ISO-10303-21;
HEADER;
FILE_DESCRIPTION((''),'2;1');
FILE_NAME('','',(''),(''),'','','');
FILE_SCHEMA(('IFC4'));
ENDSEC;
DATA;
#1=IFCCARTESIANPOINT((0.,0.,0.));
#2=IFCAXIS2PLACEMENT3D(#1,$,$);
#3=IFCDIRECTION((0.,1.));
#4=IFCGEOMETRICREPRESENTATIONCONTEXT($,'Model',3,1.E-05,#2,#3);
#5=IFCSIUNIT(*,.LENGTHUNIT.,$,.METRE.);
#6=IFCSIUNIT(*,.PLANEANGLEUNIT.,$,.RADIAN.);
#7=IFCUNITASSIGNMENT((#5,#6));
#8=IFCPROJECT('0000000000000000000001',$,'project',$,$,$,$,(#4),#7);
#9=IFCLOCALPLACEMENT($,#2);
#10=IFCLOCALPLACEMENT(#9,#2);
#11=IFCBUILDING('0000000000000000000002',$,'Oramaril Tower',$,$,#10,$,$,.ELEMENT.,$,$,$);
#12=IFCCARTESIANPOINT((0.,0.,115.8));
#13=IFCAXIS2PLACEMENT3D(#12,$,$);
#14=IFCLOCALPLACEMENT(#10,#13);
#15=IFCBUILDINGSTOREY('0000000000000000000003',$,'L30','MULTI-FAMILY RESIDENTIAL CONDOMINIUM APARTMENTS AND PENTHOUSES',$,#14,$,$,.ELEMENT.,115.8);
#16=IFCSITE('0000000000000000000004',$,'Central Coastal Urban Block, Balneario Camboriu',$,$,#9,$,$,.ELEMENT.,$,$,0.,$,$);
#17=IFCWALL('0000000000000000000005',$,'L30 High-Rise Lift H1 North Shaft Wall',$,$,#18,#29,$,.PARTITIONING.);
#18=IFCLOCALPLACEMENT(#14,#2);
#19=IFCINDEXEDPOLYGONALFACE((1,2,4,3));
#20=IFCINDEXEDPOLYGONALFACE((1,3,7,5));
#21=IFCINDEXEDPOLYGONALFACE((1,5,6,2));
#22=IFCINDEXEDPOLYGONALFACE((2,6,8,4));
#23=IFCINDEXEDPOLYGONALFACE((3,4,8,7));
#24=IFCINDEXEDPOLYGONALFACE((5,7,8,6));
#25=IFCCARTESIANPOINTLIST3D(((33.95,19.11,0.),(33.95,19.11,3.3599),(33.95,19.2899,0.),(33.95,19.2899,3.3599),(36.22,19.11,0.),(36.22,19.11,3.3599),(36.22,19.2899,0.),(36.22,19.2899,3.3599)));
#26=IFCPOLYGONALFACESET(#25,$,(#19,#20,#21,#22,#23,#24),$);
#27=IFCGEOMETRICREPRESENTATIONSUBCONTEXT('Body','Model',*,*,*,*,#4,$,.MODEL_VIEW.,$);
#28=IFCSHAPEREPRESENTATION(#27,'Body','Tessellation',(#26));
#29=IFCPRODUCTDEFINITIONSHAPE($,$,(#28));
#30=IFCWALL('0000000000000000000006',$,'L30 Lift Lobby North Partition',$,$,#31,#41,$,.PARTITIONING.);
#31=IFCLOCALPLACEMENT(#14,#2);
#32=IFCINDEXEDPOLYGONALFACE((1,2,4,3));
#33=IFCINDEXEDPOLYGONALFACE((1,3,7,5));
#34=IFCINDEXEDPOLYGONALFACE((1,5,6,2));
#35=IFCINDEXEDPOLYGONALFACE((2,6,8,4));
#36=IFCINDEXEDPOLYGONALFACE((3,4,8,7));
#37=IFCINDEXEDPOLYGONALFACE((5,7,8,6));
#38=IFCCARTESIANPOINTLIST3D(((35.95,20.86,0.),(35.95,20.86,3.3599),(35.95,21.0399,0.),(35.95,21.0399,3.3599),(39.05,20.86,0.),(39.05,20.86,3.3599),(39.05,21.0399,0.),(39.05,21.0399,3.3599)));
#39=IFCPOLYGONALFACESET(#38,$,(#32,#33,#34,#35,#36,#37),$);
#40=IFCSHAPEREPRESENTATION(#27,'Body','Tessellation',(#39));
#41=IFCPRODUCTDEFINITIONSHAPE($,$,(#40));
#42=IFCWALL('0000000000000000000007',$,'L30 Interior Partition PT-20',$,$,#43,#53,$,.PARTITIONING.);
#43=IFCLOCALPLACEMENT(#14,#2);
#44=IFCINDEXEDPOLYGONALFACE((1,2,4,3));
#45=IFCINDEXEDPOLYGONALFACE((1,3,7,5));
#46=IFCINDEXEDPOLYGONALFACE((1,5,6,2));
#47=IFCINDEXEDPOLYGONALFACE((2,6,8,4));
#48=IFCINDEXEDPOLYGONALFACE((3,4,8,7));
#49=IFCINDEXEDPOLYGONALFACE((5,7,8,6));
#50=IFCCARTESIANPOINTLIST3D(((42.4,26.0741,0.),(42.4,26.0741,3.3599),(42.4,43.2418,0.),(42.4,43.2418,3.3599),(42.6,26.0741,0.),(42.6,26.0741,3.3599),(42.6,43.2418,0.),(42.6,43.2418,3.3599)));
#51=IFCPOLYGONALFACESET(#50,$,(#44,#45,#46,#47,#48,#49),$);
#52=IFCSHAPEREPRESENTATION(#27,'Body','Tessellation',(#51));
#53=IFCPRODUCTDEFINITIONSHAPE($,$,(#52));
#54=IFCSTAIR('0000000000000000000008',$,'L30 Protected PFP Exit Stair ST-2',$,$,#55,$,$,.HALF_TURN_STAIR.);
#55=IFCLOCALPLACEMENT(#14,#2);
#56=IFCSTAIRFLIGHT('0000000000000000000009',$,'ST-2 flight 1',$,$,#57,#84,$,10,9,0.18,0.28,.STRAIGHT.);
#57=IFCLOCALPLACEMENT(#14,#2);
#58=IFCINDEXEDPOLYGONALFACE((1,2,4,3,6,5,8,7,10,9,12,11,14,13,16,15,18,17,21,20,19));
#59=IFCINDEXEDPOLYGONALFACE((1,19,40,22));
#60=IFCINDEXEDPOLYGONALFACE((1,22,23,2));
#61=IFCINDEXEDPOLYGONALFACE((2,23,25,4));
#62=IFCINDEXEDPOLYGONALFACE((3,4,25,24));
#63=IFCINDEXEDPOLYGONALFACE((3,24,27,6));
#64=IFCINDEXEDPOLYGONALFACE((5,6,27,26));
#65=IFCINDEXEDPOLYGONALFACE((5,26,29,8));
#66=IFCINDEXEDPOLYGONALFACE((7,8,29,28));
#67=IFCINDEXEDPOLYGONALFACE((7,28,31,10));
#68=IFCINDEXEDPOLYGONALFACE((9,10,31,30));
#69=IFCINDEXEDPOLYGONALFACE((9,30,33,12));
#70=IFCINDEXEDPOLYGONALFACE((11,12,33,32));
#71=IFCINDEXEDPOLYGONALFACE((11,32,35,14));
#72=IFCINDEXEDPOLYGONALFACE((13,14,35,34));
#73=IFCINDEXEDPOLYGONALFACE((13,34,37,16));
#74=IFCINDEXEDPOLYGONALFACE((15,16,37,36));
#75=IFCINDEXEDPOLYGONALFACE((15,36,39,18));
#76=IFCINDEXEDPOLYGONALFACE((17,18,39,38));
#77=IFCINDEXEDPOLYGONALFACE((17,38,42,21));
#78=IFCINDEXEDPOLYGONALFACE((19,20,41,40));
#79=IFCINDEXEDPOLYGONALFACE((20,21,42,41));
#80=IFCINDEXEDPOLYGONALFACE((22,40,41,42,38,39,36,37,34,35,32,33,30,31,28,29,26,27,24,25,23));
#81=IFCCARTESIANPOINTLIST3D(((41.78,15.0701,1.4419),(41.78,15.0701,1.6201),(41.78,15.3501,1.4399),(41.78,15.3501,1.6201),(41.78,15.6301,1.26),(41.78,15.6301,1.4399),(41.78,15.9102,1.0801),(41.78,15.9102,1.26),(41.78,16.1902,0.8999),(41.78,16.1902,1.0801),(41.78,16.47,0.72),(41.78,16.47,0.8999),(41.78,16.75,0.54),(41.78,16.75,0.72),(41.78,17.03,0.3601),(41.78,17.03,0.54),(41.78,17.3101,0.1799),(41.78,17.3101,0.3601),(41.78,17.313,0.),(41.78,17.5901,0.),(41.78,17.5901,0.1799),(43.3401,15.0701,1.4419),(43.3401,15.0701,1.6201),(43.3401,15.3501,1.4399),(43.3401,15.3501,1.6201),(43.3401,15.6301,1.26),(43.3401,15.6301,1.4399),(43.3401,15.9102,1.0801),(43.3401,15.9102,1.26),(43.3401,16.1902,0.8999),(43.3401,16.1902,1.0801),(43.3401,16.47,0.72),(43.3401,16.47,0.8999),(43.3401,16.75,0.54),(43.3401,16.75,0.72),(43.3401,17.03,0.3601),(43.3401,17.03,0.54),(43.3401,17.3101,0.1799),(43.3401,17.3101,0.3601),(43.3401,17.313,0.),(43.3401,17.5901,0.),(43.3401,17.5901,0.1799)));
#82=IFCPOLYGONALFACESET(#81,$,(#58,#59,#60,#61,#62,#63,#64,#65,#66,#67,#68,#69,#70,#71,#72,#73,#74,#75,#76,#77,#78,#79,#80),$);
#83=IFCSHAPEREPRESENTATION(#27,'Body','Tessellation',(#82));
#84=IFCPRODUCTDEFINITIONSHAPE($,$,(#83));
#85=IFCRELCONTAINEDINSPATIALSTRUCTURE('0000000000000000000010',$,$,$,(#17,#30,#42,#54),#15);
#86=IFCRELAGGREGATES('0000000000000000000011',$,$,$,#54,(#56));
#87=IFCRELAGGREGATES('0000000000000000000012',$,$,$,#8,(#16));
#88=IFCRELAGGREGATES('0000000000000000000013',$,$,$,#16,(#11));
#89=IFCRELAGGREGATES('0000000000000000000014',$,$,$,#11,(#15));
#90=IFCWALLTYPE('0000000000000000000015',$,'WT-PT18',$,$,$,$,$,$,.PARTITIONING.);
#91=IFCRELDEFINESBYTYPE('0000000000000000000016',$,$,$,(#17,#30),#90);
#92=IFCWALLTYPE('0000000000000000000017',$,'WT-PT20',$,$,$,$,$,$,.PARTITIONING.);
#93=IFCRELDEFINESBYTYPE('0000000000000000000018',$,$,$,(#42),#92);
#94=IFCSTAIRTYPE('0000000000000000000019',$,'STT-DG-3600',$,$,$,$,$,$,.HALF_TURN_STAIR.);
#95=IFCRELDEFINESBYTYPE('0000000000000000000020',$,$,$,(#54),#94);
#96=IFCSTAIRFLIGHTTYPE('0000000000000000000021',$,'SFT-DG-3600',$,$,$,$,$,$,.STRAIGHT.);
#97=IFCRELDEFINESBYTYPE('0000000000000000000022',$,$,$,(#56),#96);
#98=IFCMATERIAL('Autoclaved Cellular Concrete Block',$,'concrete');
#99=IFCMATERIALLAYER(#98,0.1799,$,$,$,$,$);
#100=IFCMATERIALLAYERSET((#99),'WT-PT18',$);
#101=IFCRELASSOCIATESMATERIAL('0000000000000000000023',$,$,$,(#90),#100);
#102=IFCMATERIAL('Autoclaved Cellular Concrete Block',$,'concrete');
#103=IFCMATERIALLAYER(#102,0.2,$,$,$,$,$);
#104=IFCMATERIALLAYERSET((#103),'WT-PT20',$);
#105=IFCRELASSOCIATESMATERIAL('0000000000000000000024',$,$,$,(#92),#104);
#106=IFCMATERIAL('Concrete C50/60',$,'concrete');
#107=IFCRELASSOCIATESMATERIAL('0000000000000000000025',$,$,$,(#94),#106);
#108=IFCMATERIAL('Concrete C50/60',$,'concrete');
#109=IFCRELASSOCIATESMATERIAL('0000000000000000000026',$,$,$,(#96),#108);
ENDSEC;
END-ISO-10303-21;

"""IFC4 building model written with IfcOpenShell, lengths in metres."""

from ifc_helpers import new_model, si_unit, direction, frame, frame_2d, origin, place, context, subcontext, project, spatial, polyline, rectangle, outline, extrude, material, layer, layer_set, type_object, element, aggregate, save


model = new_model("IFC4")

# Units and contexts
model_context = context("Model", 3, precision=1e-05, world=origin(), true_north=direction((0.0, 1.0)))
body_context = subcontext(model_context, "Body", "Model", "MODEL_VIEW")
ifc_project = project(units=[si_unit("LENGTHUNIT", "METRE"), si_unit("PLANEANGLEUNIT", "RADIAN")], contexts=[model_context])

# Site, building, storey
site_placement = place(None, origin())
site = spatial("IfcSite", under=ifc_project, at=site_placement, Name="Central Coastal Urban Block, Balneario Camboriu", CompositionType="ELEMENT", RefElevation=0.0)
building_placement = place(site_placement, origin())
building = spatial("IfcBuilding", under=site, at=building_placement, Name="Oramaril Tower", CompositionType="ELEMENT")
storey_placement = place(building_placement, frame((0.0, 0.0, 115.8)))
storey = spatial("IfcBuildingStorey", under=building, at=storey_placement, Name="L30", Description="MULTI-FAMILY RESIDENTIAL CONDOMINIUM APARTMENTS AND PENTHOUSES", CompositionType="ELEMENT", Elevation=115.8)

# Walls
ifc_material_1 = material(Name="Autoclaved Cellular Concrete Block", Category="concrete")
ifc_layer_1 = layer(ifc_material_1, 0.1799)
ifc_layer_set_1 = layer_set([ifc_layer_1], Name="WT-PT18")
wall_type_1 = type_object("IfcWallType", Name="WT-PT18", PredefinedType="PARTITIONING", material=ifc_layer_set_1)
wall_1_placement = place(storey_placement, frame((33.95, 19.2, 0.0), z_axis=(0.0, 0.0, 1.0), x_axis=(1.0, 0.0, 0.0)))
element("IfcWall", 1, at=wall_1_placement, inside=storey, type_object=wall_type_1, Name="L30 High-Rise Lift H1 North Shaft Wall", PredefinedType="PARTITIONING", context=body_context, shape_type="SweptSolid", body=[
    extrude(rectangle(XDim=2.27, YDim=0.1799, at=frame_2d((1.135, 0.0))), origin(), (0.0, 0.0, 1.0), 3.3599),
])
wall_2_placement = place(storey_placement, frame((35.95, 20.95, 0.0), z_axis=(0.0, 0.0, 1.0), x_axis=(1.0, 0.0, 0.0)))
element("IfcWall", 2, at=wall_2_placement, inside=storey, type_object=wall_type_1, Name="L30 Lift Lobby North Partition", PredefinedType="PARTITIONING", context=body_context, shape_type="SweptSolid", body=[
    extrude(rectangle(XDim=3.1001, YDim=0.1799, at=frame_2d((1.55, 0.0))), origin(), (0.0, 0.0, 1.0), 3.3599),
])

# Shared definitions
ifc_material_2 = material(Name="Autoclaved Cellular Concrete Block", Category="concrete")
ifc_layer_2 = layer(ifc_material_2, 0.2)
ifc_layer_set_2 = layer_set([ifc_layer_2], Name="WT-PT20")
wall_type_2 = type_object("IfcWallType", Name="WT-PT20", PredefinedType="PARTITIONING", material=ifc_layer_set_2)

# Wall
wall_3_placement = place(storey_placement, frame((42.5, 26.074, 0.0), z_axis=(0.0, 0.0, 1.0), x_axis=(0.0, 1.0, 0.0)))
element("IfcWall", 3, at=wall_3_placement, inside=storey, type_object=wall_type_2, Name="L30 Interior Partition PT-20", PredefinedType="PARTITIONING", context=body_context, shape_type="SweptSolid", body=[
    extrude(rectangle(XDim=17.1677, YDim=0.2, at=frame_2d((8.584, 0.0))), origin(), (0.0, 0.0, 1.0), 3.3599),
])

# Stair, stair flight
ifc_material_3 = material(Name="Concrete C50/60", Category="concrete")
stair_type = type_object("IfcStairType", Name="STT-DG-3600", PredefinedType="HALF_TURN_STAIR", material=ifc_material_3)
stair_placement = place(storey_placement, origin())
stair = element("IfcStair", 4, at=stair_placement, inside=storey, type_object=stair_type, Name="L30 Protected PFP Exit Stair ST-2", PredefinedType="HALF_TURN_STAIR")
ifc_material_4 = material(Name="Concrete C50/60", Category="concrete")
stair_flight_type = type_object("IfcStairFlightType", Name="SFT-DG-3600", PredefinedType="STRAIGHT", material=ifc_material_4)
stair_flight_placement = place(storey_placement, frame((42.5601, 17.5901, 0.0), z_axis=(0.0, 0.0, 1.0), x_axis=(0.0, -1.0, 0.0)))
stair_flight = element("IfcStairFlight", 5, at=stair_flight_placement, type_object=stair_flight_type, Name="ST-2 flight 1", NumberOfRisers=10, NumberOfTreads=9, PredefinedType="STRAIGHT", RiserHeight=0.18, TreadLength=0.28, context=body_context, shape_type="SweptSolid", body=[
    extrude(outline(polyline([(0.0, 0.0), (0.0, 0.1799), (0.28, 0.1799), (0.28, 0.3601), (0.5601, 0.3601), (0.5601, 0.54), (0.8401, 0.54), (0.8401, 0.72), (1.1201, 0.72), (1.1201, 0.8999), (1.3999, 0.8999), (1.3999, 1.0801), (1.6799, 1.0801), (1.6799, 1.26), (1.96, 1.26), (1.96, 1.4399), (2.24, 1.4399), (2.24, 1.6201), (2.52, 1.6201), (2.52, 1.8), (2.52, 1.4419), (0.2771, 0.0), (0.0, 0.0)])), frame((0.0, 0.78, 0.0), z_axis=(0.0, -1.0, 0.0), x_axis=(1.0, 0.0, 0.0)), (0.0, 0.0, 1.0), 1.5601),
])
aggregate(stair, [stair_flight])

save(model, "model.ifc")
